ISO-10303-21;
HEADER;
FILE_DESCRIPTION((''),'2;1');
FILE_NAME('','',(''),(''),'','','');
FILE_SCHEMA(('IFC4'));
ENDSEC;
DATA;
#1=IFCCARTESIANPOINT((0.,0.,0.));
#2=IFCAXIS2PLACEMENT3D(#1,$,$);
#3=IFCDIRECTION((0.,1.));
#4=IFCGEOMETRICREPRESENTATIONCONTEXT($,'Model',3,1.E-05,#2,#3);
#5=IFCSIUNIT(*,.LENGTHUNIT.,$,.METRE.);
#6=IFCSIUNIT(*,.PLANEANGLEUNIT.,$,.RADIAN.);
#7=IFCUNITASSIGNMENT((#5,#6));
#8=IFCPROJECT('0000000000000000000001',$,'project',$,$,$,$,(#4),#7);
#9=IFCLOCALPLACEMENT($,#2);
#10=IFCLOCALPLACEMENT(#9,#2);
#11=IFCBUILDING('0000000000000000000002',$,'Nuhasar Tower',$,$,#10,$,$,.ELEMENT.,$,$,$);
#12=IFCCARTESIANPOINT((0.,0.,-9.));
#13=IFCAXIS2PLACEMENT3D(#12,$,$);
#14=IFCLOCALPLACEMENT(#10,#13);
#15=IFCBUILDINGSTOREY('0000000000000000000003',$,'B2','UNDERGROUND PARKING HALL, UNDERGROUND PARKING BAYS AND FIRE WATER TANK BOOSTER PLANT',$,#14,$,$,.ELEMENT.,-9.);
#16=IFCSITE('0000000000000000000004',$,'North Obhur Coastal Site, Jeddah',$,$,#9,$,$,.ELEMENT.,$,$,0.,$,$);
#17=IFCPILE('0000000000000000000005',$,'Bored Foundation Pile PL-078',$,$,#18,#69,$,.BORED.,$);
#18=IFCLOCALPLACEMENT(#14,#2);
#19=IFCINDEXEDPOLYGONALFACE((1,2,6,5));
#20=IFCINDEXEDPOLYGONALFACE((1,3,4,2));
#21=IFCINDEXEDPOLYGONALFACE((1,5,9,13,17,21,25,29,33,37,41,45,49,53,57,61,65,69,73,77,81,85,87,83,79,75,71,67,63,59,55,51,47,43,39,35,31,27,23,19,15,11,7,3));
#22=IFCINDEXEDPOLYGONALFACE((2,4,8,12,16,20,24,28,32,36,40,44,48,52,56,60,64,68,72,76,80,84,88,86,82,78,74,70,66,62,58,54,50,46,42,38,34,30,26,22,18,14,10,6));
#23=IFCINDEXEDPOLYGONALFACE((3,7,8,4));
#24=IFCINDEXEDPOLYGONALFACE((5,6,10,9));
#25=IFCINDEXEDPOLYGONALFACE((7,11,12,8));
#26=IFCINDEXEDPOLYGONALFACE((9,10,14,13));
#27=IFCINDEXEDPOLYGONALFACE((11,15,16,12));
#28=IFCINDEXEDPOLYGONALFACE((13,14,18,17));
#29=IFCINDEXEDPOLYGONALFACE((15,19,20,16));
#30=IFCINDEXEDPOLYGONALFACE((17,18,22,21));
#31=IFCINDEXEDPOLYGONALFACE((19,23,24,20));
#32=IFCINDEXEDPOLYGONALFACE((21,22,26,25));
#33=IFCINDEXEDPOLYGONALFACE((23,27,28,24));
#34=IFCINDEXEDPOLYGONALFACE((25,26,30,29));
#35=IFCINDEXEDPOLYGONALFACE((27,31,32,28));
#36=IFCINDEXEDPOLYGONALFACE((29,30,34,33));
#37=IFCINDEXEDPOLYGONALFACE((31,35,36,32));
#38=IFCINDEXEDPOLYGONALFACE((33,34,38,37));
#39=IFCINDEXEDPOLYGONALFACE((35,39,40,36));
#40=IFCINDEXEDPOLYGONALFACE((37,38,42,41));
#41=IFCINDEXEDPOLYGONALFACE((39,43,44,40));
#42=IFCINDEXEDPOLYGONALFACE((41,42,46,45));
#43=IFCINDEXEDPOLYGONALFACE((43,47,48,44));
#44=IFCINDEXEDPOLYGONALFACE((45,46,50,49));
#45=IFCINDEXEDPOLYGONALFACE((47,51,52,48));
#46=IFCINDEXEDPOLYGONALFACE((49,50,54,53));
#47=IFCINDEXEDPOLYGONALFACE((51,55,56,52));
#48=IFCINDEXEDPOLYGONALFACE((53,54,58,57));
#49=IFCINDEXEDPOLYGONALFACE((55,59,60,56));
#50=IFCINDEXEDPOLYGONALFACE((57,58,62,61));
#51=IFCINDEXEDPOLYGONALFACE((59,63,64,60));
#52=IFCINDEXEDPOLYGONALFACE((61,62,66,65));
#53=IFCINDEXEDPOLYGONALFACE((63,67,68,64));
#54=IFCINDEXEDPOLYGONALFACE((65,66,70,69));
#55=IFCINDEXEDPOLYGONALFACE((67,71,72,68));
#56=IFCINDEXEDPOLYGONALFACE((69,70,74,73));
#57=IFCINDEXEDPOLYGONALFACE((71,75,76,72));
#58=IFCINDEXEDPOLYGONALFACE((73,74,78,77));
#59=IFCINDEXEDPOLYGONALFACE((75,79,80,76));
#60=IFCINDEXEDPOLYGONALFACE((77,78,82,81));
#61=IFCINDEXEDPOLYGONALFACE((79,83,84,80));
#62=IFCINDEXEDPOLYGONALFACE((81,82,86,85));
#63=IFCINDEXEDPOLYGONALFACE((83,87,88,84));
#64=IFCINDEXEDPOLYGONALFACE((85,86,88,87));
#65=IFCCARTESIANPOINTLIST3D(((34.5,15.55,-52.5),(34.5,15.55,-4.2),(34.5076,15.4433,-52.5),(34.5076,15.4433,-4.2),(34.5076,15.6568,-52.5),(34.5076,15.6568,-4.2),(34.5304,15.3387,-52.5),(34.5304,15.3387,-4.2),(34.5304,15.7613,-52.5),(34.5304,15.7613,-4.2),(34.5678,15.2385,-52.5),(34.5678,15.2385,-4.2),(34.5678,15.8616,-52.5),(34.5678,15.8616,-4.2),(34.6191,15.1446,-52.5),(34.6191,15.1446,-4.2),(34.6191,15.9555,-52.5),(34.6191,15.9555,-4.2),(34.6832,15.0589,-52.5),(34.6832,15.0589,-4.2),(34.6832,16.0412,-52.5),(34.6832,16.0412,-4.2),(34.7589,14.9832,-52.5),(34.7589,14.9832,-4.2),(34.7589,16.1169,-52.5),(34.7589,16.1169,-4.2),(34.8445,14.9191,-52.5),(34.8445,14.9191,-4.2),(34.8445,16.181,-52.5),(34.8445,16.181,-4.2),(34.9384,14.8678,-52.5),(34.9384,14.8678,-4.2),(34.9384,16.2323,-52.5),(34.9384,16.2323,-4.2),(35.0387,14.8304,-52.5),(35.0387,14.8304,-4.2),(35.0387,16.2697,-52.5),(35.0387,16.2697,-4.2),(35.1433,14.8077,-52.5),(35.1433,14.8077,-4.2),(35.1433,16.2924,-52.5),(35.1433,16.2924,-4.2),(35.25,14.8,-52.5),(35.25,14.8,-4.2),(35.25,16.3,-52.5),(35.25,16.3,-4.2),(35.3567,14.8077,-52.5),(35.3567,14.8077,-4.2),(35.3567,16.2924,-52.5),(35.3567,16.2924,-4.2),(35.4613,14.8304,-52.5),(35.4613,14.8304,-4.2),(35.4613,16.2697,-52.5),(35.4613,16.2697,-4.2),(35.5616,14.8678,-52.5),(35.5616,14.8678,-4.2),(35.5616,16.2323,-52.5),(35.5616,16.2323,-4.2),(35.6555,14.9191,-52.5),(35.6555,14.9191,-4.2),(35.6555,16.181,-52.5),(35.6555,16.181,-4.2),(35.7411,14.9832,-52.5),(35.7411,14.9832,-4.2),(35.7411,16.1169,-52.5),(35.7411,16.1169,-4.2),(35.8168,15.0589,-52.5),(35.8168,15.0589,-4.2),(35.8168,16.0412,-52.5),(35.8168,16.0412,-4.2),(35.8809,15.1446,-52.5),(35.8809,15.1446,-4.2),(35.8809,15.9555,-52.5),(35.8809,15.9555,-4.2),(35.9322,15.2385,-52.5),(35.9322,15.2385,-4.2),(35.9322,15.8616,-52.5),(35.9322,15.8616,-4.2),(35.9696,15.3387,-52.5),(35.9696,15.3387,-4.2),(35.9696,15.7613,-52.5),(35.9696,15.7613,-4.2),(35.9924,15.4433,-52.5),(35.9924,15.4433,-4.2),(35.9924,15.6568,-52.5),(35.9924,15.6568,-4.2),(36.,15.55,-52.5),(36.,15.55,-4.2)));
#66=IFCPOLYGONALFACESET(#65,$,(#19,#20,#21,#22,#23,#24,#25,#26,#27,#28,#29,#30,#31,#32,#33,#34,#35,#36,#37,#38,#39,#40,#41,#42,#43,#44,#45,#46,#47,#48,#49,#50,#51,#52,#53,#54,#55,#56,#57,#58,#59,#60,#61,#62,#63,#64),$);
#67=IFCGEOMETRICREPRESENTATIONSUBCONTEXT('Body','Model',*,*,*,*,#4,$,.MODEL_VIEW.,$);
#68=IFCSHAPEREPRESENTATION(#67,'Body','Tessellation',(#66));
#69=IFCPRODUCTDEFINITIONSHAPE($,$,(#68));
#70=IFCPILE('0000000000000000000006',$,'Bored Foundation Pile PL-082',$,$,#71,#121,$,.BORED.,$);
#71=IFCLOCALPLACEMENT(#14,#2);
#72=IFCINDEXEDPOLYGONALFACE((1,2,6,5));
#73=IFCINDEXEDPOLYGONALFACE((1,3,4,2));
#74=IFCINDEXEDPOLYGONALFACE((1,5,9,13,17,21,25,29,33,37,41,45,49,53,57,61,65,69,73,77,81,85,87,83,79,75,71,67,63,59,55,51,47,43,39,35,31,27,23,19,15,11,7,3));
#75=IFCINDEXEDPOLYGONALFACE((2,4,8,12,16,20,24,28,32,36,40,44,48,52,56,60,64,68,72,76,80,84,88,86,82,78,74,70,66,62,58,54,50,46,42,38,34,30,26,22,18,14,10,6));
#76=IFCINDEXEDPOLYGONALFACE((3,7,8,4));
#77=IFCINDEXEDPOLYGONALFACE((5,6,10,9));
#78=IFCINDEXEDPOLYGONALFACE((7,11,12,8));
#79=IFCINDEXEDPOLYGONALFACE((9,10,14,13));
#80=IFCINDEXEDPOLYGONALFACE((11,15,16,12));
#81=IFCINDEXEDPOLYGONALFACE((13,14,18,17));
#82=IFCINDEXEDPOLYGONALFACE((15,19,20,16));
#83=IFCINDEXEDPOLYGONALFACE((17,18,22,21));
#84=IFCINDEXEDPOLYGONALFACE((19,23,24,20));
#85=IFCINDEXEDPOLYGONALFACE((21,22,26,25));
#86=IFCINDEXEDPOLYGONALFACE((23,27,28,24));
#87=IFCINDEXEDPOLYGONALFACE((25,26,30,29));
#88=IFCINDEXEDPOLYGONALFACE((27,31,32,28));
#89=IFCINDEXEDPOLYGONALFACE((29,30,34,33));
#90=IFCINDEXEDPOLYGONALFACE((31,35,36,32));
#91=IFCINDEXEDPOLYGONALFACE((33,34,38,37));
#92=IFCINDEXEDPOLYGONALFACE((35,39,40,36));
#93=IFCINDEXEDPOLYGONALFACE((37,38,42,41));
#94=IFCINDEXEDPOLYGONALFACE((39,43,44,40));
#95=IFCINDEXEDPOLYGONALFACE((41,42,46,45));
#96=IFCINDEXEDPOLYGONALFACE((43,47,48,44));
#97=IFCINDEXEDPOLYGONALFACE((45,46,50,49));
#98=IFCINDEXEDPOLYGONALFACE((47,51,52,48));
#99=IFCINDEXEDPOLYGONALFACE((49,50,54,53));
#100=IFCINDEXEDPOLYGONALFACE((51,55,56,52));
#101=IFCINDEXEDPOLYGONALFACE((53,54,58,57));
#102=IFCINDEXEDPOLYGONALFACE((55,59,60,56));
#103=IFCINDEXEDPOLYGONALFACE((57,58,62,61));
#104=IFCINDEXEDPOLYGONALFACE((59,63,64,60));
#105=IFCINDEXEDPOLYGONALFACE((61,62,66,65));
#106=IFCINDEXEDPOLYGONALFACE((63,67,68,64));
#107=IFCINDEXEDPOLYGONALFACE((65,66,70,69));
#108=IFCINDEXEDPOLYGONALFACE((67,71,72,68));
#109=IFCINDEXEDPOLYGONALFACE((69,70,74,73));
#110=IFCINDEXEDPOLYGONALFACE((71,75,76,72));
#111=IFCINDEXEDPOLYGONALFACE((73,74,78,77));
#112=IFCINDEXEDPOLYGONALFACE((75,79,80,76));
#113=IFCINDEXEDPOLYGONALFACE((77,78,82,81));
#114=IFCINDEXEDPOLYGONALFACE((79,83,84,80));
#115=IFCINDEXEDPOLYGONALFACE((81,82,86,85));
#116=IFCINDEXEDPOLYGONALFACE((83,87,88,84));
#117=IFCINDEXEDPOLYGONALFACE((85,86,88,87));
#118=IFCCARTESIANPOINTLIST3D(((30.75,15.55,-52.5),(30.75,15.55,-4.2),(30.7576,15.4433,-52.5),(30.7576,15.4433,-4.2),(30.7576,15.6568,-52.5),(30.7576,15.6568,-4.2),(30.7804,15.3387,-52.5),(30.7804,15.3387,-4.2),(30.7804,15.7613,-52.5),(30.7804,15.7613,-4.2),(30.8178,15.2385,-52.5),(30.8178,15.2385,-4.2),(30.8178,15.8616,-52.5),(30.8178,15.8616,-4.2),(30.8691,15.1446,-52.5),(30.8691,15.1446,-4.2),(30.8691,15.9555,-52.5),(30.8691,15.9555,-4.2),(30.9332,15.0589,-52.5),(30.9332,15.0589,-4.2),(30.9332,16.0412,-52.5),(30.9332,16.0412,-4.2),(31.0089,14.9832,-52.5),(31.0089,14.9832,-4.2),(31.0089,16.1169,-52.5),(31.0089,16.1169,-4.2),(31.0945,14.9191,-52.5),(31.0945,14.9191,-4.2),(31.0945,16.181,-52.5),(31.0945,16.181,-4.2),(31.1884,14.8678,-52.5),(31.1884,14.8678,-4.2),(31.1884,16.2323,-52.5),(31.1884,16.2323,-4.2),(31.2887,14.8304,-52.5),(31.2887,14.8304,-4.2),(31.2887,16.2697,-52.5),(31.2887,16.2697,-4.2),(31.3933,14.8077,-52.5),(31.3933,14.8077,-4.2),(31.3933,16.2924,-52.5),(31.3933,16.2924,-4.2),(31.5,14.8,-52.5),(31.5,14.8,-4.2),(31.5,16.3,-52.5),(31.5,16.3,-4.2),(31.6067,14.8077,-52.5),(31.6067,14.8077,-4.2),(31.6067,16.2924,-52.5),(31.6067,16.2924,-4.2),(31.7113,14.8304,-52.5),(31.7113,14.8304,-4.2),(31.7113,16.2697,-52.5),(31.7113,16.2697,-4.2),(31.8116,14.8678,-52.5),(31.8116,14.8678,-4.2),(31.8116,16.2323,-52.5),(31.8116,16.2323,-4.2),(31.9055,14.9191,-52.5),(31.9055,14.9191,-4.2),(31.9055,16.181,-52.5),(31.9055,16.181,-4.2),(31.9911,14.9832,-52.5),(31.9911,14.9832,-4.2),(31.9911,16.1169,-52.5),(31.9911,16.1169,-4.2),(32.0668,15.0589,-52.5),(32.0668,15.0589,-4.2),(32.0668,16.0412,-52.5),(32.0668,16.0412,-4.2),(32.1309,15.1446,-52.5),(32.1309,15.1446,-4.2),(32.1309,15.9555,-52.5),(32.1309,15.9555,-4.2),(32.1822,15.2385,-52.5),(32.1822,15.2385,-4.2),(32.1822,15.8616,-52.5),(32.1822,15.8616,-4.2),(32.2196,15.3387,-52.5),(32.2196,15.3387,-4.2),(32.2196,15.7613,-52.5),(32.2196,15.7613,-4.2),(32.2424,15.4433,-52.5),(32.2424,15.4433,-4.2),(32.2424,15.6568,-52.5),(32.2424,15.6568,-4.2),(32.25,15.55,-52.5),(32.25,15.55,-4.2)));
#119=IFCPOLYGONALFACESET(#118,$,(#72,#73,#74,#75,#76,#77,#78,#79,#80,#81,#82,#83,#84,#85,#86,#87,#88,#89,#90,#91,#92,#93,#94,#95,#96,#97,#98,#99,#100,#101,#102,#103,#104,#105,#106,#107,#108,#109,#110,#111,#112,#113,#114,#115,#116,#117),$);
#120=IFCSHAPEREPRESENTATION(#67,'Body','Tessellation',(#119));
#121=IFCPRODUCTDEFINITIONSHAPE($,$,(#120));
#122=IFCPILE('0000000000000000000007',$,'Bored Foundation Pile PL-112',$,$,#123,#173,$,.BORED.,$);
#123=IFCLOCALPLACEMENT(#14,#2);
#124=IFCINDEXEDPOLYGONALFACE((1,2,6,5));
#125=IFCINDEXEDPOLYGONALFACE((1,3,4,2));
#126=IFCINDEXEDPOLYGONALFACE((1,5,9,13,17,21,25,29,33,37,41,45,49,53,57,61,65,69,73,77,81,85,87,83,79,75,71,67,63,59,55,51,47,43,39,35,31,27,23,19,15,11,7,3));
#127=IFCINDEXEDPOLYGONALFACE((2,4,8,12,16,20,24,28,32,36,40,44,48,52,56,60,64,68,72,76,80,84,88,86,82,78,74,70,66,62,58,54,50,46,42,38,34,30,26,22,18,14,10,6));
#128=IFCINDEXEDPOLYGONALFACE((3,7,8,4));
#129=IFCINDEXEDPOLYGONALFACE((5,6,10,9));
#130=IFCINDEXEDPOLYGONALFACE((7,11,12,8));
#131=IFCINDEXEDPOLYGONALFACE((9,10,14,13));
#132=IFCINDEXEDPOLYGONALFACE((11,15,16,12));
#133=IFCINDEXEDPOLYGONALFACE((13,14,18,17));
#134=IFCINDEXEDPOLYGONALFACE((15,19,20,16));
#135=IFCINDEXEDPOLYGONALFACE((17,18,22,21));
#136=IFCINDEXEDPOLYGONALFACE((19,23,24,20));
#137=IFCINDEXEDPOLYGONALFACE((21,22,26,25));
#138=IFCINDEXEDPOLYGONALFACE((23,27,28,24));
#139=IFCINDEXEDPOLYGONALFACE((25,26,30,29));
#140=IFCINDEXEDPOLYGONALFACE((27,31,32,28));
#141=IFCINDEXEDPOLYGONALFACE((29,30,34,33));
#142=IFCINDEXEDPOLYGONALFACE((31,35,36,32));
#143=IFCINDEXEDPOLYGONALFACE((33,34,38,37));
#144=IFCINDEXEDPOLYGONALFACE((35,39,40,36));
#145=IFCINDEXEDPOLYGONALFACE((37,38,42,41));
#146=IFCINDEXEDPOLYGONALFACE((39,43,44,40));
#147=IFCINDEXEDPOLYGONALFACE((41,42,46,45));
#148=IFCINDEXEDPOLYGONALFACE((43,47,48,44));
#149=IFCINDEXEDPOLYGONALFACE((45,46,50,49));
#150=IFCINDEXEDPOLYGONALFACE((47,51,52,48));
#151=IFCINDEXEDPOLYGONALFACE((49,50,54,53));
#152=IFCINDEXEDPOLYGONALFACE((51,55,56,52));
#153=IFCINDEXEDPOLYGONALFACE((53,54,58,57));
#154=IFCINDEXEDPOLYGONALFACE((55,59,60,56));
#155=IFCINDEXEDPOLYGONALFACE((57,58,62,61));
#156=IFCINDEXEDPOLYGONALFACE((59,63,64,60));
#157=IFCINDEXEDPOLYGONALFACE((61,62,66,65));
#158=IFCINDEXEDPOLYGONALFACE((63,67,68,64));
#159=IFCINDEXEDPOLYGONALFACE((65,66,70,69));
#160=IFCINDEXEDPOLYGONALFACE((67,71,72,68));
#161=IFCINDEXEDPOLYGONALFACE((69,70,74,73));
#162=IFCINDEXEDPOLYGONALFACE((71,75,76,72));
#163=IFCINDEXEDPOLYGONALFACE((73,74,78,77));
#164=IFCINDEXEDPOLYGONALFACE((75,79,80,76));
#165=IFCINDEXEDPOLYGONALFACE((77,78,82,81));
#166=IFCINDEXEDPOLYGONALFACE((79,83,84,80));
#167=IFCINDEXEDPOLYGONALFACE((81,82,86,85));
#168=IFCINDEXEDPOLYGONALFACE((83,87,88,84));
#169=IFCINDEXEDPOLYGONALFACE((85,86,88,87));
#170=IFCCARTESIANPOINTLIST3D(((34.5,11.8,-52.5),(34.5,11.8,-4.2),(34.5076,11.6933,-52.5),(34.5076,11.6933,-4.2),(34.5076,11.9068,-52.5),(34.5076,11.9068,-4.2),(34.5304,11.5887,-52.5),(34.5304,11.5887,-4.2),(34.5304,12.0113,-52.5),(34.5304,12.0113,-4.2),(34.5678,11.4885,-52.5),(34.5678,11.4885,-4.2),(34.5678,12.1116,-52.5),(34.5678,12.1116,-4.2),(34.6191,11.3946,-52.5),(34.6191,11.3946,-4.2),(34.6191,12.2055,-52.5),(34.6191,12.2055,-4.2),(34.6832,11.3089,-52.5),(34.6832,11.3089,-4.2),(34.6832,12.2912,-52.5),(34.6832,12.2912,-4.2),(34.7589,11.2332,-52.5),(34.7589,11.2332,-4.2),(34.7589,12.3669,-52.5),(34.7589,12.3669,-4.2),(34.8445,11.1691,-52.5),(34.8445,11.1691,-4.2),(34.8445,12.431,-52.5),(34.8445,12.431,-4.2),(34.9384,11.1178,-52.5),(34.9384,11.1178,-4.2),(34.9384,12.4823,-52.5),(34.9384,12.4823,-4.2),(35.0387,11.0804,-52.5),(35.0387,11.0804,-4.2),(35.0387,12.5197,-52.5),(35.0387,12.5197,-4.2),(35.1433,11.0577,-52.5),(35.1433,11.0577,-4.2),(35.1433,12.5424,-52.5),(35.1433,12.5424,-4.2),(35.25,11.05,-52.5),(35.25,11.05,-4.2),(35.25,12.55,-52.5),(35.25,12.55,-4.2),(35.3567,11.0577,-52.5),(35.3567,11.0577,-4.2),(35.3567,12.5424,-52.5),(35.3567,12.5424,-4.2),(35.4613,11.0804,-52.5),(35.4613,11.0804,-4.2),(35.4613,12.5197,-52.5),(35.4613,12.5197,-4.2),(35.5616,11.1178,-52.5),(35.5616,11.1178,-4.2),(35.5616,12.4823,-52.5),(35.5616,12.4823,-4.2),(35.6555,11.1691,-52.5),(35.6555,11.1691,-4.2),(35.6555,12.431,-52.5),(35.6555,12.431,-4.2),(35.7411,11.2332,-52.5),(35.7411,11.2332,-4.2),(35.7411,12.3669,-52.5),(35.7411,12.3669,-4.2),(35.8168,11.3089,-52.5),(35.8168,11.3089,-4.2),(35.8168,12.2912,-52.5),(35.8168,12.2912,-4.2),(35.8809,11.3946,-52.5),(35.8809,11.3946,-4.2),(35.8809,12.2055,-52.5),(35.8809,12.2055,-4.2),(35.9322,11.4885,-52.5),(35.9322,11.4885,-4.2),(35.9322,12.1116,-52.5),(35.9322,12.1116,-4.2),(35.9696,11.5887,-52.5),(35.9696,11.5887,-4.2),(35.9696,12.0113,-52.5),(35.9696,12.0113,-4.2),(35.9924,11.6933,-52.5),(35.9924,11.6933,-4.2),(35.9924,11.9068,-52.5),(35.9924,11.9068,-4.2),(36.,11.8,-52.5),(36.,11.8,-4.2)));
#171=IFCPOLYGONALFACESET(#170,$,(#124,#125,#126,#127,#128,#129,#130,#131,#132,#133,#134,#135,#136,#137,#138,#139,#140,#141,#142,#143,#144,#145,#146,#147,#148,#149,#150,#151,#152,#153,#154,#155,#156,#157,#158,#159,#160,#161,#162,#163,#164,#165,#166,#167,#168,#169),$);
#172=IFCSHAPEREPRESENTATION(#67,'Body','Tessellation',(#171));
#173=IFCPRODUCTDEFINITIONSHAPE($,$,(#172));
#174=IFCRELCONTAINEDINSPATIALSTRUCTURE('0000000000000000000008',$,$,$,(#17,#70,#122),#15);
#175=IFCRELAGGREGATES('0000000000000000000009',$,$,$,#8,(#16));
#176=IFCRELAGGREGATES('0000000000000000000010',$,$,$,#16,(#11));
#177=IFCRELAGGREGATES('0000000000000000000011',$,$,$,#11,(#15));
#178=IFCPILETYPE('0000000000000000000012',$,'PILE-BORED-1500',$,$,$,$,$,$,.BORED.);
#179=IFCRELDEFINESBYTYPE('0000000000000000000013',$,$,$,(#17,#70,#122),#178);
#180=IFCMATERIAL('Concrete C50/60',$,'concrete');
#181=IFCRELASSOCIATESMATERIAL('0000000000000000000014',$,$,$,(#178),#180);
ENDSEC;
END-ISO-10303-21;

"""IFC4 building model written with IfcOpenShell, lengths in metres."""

from ifc_helpers import new_model, si_unit, direction, frame, origin, origin_2d, place, context, subcontext, project, spatial, circle, extrude, material, material_profile, profile_set, type_object, element, save


model = new_model("IFC4")

# Units and contexts
model_context = context("Model", 3, precision=1e-05, world=origin(), true_north=direction((0.0, 1.0)))
body_context = subcontext(model_context, "Body", "Model", "MODEL_VIEW")
ifc_project = project(units=[si_unit("LENGTHUNIT", "METRE"), si_unit("PLANEANGLEUNIT", "RADIAN")], contexts=[model_context])

# Site, building, storey
site_placement = place(None, origin())
site = spatial("IfcSite", under=ifc_project, at=site_placement, Name="North Obhur Coastal Site, Jeddah", CompositionType="ELEMENT", RefElevation=0.0)
building_placement = place(site_placement, origin())
building = spatial("IfcBuilding", under=site, at=building_placement, Name="Nuhasar Tower", CompositionType="ELEMENT")
storey_placement = place(building_placement, frame((0.0, 0.0, -9.0)))
storey = spatial("IfcBuildingStorey", under=building, at=storey_placement, Name="B2", Description="UNDERGROUND PARKING HALL, UNDERGROUND PARKING BAYS AND FIRE WATER TANK BOOSTER PLANT", CompositionType="ELEMENT", Elevation=-9.0)

# Piles
ifc_material_1 = material(Name="Concrete C50/60", Category="concrete")
ifc_material_profile_1 = material_profile(ifc_material_1, circle(Radius=0.75, at=origin_2d()), Name="PILE1500")
ifc_profile_set_1 = profile_set([ifc_material_profile_1], Name="Concrete C50/60")
pile_type = type_object("IfcPileType", Name="PILE-BORED-1500", PredefinedType="BORED", material=ifc_profile_set_1)
for number, where, z_axis, x_axis, name in (
    (1, (35.25, 15.55, -4.2), (0.0, 0.0, -1.0), (1.0, 0.0, 0.0), "Bored Foundation Pile PL-078"),
    (2, (31.5, 15.55, -4.2), (0.0, 0.0, -1.0), (1.0, 0.0, 0.0), "Bored Foundation Pile PL-082"),
    (3, (35.25, 11.8, -4.2), (0.0, 0.0, -1.0), (1.0, 0.0, 0.0), "Bored Foundation Pile PL-112"),
):
    element("IfcPile", number, at=place(storey_placement, frame(where, z_axis=z_axis, x_axis=x_axis)), inside=storey, type_object=pile_type, Name=name, PredefinedType="BORED", context=body_context, shape_type="SweptSolid", body=[
        extrude(circle(Radius=0.75, at=origin_2d()), origin(), (0.0, 0.0, 1.0), 48.3),
    ])

save(model, "model.ifc")
